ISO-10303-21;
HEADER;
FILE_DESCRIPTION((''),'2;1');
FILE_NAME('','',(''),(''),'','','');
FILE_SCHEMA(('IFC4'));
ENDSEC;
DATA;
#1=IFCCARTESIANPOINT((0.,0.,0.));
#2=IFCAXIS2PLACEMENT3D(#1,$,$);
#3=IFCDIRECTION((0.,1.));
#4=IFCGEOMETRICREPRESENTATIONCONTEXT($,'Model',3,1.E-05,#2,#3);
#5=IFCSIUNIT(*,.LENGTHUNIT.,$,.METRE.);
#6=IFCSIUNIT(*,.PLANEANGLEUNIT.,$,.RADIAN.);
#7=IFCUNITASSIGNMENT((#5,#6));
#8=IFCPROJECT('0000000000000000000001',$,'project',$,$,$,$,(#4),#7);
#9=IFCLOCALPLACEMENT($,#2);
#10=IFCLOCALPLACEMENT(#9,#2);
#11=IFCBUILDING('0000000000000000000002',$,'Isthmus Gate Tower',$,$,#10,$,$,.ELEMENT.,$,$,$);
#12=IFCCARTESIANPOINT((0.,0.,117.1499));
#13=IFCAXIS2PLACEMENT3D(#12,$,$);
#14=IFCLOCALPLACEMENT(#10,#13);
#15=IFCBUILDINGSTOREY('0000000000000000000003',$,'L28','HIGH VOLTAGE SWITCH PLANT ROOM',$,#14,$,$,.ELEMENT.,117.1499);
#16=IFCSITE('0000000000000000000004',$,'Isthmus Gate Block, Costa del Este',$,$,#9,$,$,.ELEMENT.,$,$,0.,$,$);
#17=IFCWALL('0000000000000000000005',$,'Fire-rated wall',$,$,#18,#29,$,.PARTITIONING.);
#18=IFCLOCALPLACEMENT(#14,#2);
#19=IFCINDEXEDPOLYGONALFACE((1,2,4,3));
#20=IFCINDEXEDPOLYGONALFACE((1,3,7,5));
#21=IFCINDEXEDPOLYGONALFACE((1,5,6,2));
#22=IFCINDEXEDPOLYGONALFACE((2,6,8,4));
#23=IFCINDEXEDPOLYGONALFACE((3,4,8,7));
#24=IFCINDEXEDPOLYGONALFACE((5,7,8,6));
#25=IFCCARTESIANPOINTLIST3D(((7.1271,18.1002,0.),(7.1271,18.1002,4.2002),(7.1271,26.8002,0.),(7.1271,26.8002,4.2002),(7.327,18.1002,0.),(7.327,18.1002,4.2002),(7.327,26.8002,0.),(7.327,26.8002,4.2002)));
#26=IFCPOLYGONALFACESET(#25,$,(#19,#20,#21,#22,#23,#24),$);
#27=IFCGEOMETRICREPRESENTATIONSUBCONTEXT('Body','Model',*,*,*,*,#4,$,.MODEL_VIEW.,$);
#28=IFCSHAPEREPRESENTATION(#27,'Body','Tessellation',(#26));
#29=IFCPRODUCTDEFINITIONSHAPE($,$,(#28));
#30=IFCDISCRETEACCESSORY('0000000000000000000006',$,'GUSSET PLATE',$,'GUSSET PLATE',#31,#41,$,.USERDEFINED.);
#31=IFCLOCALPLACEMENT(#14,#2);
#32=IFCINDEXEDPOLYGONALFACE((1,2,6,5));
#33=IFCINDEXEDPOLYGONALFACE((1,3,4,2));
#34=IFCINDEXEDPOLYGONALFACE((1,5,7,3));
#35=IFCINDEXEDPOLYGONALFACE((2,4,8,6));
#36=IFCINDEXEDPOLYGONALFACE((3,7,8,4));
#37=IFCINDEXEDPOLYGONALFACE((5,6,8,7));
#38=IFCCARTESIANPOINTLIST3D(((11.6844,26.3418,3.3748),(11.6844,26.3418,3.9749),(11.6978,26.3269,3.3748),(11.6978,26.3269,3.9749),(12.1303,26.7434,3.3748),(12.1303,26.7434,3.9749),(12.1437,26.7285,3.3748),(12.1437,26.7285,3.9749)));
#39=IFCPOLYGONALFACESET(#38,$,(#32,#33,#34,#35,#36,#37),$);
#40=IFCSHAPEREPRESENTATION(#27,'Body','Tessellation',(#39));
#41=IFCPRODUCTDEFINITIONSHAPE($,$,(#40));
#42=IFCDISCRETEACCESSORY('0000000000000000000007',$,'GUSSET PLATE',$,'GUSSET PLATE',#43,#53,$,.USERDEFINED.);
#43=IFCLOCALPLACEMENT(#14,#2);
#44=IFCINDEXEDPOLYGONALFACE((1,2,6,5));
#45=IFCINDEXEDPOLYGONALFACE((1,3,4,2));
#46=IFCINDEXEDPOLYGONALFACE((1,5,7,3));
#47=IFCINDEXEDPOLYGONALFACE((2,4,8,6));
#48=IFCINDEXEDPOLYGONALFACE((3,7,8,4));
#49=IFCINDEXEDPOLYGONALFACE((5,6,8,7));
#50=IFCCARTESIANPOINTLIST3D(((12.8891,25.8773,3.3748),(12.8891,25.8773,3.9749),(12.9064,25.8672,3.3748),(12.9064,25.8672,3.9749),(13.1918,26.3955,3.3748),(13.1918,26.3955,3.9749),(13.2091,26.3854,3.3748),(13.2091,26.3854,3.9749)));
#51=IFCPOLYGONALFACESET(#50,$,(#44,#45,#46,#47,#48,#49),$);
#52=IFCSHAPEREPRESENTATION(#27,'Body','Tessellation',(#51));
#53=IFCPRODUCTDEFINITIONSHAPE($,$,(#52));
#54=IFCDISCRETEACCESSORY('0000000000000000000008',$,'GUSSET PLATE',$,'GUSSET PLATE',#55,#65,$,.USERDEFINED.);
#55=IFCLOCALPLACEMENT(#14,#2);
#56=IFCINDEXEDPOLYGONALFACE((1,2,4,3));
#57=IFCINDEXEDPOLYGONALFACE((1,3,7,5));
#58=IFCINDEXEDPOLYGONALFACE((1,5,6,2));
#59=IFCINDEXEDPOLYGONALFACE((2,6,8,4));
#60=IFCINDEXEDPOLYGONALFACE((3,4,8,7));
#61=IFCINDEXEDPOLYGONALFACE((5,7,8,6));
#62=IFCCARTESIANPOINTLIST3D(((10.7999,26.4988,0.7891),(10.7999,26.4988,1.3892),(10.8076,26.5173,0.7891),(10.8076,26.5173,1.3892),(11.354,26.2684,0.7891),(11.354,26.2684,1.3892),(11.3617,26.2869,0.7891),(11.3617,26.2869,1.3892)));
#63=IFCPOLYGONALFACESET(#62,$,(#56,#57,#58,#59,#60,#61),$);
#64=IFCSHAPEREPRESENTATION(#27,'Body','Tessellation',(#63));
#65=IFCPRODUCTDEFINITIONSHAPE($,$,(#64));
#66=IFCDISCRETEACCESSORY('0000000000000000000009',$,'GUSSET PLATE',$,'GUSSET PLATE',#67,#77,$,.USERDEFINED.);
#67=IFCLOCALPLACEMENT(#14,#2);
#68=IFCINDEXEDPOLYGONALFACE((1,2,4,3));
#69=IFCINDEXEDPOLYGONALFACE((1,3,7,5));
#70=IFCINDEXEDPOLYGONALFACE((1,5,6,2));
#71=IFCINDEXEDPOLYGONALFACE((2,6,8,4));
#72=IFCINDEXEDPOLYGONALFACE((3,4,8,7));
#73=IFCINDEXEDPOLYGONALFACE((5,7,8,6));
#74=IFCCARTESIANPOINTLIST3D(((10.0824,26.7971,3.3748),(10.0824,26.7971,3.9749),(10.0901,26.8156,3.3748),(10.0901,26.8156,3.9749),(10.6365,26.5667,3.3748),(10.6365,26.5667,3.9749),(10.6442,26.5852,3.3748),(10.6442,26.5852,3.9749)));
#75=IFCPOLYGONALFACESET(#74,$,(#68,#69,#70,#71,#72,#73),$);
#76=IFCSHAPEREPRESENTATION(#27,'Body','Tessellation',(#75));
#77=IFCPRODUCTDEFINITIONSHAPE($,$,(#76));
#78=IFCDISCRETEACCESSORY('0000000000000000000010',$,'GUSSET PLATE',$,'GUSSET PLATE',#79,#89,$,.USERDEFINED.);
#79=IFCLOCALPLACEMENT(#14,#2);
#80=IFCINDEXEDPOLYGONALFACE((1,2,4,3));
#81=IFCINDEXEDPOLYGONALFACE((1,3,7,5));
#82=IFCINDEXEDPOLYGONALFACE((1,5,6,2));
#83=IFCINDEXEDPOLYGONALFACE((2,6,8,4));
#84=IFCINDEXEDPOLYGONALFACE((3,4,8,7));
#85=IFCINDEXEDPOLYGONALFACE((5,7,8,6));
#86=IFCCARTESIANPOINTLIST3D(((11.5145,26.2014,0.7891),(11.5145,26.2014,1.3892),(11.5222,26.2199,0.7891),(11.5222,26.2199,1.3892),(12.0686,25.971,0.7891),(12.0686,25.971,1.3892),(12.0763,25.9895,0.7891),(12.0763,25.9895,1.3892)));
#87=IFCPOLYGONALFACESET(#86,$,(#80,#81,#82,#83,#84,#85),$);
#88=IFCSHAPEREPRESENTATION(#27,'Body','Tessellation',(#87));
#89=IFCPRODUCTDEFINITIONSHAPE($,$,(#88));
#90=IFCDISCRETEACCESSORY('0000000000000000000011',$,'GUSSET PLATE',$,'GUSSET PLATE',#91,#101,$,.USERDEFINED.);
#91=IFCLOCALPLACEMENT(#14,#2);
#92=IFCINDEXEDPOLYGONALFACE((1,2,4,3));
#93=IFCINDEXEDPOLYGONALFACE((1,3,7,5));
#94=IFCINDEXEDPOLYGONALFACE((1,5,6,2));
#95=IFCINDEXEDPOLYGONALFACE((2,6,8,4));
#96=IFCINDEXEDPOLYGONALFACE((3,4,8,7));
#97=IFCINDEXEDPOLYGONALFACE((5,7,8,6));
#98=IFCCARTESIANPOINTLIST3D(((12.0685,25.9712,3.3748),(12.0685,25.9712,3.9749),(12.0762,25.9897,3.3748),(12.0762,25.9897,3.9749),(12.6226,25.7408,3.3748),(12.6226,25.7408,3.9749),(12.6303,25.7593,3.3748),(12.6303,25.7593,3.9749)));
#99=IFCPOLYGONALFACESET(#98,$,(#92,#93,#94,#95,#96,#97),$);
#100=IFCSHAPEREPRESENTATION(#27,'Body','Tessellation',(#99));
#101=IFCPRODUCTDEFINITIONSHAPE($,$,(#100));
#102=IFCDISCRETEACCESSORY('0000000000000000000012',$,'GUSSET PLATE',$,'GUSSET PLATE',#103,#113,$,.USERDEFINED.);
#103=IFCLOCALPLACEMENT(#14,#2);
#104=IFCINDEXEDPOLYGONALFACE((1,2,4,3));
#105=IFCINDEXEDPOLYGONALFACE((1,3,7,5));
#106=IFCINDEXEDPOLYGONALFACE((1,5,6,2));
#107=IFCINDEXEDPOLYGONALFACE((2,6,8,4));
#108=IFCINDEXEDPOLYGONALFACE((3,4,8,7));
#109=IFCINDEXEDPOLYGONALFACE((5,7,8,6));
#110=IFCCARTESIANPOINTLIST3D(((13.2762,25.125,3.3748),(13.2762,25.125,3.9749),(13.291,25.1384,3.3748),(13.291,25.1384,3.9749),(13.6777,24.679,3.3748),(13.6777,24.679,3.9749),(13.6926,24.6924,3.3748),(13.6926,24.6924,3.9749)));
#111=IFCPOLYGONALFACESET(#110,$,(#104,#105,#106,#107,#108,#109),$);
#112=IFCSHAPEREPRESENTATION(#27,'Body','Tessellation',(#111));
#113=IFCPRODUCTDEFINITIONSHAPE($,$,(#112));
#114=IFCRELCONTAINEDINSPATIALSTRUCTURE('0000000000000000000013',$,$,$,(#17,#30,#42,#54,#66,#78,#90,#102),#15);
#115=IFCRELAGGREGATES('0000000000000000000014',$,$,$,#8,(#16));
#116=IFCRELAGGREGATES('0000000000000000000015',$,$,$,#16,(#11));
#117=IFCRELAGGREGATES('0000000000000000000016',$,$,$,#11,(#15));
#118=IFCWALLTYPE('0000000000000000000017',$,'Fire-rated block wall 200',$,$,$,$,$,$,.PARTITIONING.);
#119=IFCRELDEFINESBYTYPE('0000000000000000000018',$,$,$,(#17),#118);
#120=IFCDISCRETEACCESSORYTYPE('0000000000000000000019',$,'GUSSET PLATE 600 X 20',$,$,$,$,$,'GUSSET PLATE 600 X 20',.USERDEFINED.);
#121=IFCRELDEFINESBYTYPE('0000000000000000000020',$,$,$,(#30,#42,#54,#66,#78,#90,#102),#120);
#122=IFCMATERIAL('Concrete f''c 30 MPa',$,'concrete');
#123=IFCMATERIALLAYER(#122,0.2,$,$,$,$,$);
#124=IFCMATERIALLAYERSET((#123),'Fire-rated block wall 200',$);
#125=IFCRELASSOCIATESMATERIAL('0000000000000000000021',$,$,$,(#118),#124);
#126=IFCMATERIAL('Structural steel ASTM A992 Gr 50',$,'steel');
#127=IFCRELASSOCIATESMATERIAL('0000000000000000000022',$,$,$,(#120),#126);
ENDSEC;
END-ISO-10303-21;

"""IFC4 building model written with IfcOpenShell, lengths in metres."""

from ifc_helpers import new_model, si_unit, direction, frame, frame_2d, origin, origin_2d, place, context, subcontext, project, spatial, rectangle, extrude, material, layer, layer_set, type_object, element, save


model = new_model("IFC4")

# Units and contexts
model_context = context("Model", 3, precision=1e-05, world=origin(), true_north=direction((0.0, 1.0)))
body_context = subcontext(model_context, "Body", "Model", "MODEL_VIEW")
ifc_project = project(units=[si_unit("LENGTHUNIT", "METRE"), si_unit("PLANEANGLEUNIT", "RADIAN")], contexts=[model_context])

# Site, building, storey
site_placement = place(None, origin())
site = spatial("IfcSite", under=ifc_project, at=site_placement, Name="Isthmus Gate Block, Costa del Este", CompositionType="ELEMENT", RefElevation=0.0)
building_placement = place(site_placement, origin())
building = spatial("IfcBuilding", under=site, at=building_placement, Name="Isthmus Gate Tower", CompositionType="ELEMENT")
storey_placement = place(building_placement, frame((0.0, 0.0, 117.1499)))
storey = spatial("IfcBuildingStorey", under=building, at=storey_placement, Name="L28", Description="HIGH VOLTAGE SWITCH PLANT ROOM", CompositionType="ELEMENT", Elevation=117.1499)

# Wall
ifc_material_1 = material(Name="Concrete f'c 30 MPa", Category="concrete")
ifc_layer = layer(ifc_material_1, 0.2)
ifc_layer_set = layer_set([ifc_layer], Name="Fire-rated block wall 200")
wall_type = type_object("IfcWallType", Name="Fire-rated block wall 200", PredefinedType="PARTITIONING", material=ifc_layer_set)
wall_1_placement = place(storey_placement, frame((7.2271, 18.1001, 0.0), z_axis=(0.0, 0.0, 1.0), x_axis=(0.0, 1.0, 0.0)))
element("IfcWall", 1, at=wall_1_placement, inside=storey, type_object=wall_type, Name="Fire-rated wall", PredefinedType="PARTITIONING", context=body_context, shape_type="SweptSolid", body=[
    extrude(rectangle(XDim=8.7, YDim=0.2, at=frame_2d((4.3501, 0.0))), origin(), (0.0, 0.0, 1.0), 4.2002),
])

# Discrete accessories
ifc_material_2 = material(Name="Structural steel ASTM A992 Gr 50", Category="steel")
discrete_accessory_type = type_object("IfcDiscreteAccessoryType", Name="GUSSET PLATE 600 X 20", ElementType="GUSSET PLATE 600 X 20", PredefinedType="USERDEFINED", material=ifc_material_2)
for number, where, z_axis, x_axis, name in (
    (2, (11.9141, 26.5352, 3.3748), (0.0, 0.0, 1.0), (-0.743145, -0.669131, 0.0), "GUSSET PLATE"),
    (3, (13.0491, 26.1313, 3.3748), (0.0, 0.0, 1.0), (-0.504373, -0.863486, 0.0), "GUSSET PLATE"),
    (4, (11.0808, 26.3928, 0.7891), (0.0, 0.0, 1.0), (-0.923353, 0.383952, 0.0), "GUSSET PLATE"),
    (5, (10.3633, 26.6912, 3.3748), (0.0, 0.0, 1.0), (-0.923353, 0.383952, 0.0), "GUSSET PLATE"),
    (6, (11.7954, 26.0955, 0.7891), (0.0, 0.0, 1.0), (0.923353, -0.383952, 0.0), "GUSSET PLATE"),
    (7, (12.3494, 25.8652, 3.3748), (0.0, 0.0, 1.0), (0.923353, -0.383952, 0.0), "GUSSET PLATE"),
    (8, (13.4844, 24.9087, 3.3748), (0.0, 0.0, 1.0), (-0.669131, 0.743145, 0.0), "GUSSET PLATE"),
):
    element("IfcDiscreteAccessory", number, at=place(storey_placement, frame(where, z_axis=z_axis, x_axis=x_axis)), inside=storey, type_object=discrete_accessory_type, Name=name, ObjectType="GUSSET PLATE", PredefinedType="USERDEFINED", context=body_context, shape_type="SweptSolid", body=[
        extrude(rectangle(XDim=0.6001, YDim=0.02, at=origin_2d()), origin(), (0.0, 0.0, 1.0), 0.6001),
    ])

save(model, "model.ifc")
